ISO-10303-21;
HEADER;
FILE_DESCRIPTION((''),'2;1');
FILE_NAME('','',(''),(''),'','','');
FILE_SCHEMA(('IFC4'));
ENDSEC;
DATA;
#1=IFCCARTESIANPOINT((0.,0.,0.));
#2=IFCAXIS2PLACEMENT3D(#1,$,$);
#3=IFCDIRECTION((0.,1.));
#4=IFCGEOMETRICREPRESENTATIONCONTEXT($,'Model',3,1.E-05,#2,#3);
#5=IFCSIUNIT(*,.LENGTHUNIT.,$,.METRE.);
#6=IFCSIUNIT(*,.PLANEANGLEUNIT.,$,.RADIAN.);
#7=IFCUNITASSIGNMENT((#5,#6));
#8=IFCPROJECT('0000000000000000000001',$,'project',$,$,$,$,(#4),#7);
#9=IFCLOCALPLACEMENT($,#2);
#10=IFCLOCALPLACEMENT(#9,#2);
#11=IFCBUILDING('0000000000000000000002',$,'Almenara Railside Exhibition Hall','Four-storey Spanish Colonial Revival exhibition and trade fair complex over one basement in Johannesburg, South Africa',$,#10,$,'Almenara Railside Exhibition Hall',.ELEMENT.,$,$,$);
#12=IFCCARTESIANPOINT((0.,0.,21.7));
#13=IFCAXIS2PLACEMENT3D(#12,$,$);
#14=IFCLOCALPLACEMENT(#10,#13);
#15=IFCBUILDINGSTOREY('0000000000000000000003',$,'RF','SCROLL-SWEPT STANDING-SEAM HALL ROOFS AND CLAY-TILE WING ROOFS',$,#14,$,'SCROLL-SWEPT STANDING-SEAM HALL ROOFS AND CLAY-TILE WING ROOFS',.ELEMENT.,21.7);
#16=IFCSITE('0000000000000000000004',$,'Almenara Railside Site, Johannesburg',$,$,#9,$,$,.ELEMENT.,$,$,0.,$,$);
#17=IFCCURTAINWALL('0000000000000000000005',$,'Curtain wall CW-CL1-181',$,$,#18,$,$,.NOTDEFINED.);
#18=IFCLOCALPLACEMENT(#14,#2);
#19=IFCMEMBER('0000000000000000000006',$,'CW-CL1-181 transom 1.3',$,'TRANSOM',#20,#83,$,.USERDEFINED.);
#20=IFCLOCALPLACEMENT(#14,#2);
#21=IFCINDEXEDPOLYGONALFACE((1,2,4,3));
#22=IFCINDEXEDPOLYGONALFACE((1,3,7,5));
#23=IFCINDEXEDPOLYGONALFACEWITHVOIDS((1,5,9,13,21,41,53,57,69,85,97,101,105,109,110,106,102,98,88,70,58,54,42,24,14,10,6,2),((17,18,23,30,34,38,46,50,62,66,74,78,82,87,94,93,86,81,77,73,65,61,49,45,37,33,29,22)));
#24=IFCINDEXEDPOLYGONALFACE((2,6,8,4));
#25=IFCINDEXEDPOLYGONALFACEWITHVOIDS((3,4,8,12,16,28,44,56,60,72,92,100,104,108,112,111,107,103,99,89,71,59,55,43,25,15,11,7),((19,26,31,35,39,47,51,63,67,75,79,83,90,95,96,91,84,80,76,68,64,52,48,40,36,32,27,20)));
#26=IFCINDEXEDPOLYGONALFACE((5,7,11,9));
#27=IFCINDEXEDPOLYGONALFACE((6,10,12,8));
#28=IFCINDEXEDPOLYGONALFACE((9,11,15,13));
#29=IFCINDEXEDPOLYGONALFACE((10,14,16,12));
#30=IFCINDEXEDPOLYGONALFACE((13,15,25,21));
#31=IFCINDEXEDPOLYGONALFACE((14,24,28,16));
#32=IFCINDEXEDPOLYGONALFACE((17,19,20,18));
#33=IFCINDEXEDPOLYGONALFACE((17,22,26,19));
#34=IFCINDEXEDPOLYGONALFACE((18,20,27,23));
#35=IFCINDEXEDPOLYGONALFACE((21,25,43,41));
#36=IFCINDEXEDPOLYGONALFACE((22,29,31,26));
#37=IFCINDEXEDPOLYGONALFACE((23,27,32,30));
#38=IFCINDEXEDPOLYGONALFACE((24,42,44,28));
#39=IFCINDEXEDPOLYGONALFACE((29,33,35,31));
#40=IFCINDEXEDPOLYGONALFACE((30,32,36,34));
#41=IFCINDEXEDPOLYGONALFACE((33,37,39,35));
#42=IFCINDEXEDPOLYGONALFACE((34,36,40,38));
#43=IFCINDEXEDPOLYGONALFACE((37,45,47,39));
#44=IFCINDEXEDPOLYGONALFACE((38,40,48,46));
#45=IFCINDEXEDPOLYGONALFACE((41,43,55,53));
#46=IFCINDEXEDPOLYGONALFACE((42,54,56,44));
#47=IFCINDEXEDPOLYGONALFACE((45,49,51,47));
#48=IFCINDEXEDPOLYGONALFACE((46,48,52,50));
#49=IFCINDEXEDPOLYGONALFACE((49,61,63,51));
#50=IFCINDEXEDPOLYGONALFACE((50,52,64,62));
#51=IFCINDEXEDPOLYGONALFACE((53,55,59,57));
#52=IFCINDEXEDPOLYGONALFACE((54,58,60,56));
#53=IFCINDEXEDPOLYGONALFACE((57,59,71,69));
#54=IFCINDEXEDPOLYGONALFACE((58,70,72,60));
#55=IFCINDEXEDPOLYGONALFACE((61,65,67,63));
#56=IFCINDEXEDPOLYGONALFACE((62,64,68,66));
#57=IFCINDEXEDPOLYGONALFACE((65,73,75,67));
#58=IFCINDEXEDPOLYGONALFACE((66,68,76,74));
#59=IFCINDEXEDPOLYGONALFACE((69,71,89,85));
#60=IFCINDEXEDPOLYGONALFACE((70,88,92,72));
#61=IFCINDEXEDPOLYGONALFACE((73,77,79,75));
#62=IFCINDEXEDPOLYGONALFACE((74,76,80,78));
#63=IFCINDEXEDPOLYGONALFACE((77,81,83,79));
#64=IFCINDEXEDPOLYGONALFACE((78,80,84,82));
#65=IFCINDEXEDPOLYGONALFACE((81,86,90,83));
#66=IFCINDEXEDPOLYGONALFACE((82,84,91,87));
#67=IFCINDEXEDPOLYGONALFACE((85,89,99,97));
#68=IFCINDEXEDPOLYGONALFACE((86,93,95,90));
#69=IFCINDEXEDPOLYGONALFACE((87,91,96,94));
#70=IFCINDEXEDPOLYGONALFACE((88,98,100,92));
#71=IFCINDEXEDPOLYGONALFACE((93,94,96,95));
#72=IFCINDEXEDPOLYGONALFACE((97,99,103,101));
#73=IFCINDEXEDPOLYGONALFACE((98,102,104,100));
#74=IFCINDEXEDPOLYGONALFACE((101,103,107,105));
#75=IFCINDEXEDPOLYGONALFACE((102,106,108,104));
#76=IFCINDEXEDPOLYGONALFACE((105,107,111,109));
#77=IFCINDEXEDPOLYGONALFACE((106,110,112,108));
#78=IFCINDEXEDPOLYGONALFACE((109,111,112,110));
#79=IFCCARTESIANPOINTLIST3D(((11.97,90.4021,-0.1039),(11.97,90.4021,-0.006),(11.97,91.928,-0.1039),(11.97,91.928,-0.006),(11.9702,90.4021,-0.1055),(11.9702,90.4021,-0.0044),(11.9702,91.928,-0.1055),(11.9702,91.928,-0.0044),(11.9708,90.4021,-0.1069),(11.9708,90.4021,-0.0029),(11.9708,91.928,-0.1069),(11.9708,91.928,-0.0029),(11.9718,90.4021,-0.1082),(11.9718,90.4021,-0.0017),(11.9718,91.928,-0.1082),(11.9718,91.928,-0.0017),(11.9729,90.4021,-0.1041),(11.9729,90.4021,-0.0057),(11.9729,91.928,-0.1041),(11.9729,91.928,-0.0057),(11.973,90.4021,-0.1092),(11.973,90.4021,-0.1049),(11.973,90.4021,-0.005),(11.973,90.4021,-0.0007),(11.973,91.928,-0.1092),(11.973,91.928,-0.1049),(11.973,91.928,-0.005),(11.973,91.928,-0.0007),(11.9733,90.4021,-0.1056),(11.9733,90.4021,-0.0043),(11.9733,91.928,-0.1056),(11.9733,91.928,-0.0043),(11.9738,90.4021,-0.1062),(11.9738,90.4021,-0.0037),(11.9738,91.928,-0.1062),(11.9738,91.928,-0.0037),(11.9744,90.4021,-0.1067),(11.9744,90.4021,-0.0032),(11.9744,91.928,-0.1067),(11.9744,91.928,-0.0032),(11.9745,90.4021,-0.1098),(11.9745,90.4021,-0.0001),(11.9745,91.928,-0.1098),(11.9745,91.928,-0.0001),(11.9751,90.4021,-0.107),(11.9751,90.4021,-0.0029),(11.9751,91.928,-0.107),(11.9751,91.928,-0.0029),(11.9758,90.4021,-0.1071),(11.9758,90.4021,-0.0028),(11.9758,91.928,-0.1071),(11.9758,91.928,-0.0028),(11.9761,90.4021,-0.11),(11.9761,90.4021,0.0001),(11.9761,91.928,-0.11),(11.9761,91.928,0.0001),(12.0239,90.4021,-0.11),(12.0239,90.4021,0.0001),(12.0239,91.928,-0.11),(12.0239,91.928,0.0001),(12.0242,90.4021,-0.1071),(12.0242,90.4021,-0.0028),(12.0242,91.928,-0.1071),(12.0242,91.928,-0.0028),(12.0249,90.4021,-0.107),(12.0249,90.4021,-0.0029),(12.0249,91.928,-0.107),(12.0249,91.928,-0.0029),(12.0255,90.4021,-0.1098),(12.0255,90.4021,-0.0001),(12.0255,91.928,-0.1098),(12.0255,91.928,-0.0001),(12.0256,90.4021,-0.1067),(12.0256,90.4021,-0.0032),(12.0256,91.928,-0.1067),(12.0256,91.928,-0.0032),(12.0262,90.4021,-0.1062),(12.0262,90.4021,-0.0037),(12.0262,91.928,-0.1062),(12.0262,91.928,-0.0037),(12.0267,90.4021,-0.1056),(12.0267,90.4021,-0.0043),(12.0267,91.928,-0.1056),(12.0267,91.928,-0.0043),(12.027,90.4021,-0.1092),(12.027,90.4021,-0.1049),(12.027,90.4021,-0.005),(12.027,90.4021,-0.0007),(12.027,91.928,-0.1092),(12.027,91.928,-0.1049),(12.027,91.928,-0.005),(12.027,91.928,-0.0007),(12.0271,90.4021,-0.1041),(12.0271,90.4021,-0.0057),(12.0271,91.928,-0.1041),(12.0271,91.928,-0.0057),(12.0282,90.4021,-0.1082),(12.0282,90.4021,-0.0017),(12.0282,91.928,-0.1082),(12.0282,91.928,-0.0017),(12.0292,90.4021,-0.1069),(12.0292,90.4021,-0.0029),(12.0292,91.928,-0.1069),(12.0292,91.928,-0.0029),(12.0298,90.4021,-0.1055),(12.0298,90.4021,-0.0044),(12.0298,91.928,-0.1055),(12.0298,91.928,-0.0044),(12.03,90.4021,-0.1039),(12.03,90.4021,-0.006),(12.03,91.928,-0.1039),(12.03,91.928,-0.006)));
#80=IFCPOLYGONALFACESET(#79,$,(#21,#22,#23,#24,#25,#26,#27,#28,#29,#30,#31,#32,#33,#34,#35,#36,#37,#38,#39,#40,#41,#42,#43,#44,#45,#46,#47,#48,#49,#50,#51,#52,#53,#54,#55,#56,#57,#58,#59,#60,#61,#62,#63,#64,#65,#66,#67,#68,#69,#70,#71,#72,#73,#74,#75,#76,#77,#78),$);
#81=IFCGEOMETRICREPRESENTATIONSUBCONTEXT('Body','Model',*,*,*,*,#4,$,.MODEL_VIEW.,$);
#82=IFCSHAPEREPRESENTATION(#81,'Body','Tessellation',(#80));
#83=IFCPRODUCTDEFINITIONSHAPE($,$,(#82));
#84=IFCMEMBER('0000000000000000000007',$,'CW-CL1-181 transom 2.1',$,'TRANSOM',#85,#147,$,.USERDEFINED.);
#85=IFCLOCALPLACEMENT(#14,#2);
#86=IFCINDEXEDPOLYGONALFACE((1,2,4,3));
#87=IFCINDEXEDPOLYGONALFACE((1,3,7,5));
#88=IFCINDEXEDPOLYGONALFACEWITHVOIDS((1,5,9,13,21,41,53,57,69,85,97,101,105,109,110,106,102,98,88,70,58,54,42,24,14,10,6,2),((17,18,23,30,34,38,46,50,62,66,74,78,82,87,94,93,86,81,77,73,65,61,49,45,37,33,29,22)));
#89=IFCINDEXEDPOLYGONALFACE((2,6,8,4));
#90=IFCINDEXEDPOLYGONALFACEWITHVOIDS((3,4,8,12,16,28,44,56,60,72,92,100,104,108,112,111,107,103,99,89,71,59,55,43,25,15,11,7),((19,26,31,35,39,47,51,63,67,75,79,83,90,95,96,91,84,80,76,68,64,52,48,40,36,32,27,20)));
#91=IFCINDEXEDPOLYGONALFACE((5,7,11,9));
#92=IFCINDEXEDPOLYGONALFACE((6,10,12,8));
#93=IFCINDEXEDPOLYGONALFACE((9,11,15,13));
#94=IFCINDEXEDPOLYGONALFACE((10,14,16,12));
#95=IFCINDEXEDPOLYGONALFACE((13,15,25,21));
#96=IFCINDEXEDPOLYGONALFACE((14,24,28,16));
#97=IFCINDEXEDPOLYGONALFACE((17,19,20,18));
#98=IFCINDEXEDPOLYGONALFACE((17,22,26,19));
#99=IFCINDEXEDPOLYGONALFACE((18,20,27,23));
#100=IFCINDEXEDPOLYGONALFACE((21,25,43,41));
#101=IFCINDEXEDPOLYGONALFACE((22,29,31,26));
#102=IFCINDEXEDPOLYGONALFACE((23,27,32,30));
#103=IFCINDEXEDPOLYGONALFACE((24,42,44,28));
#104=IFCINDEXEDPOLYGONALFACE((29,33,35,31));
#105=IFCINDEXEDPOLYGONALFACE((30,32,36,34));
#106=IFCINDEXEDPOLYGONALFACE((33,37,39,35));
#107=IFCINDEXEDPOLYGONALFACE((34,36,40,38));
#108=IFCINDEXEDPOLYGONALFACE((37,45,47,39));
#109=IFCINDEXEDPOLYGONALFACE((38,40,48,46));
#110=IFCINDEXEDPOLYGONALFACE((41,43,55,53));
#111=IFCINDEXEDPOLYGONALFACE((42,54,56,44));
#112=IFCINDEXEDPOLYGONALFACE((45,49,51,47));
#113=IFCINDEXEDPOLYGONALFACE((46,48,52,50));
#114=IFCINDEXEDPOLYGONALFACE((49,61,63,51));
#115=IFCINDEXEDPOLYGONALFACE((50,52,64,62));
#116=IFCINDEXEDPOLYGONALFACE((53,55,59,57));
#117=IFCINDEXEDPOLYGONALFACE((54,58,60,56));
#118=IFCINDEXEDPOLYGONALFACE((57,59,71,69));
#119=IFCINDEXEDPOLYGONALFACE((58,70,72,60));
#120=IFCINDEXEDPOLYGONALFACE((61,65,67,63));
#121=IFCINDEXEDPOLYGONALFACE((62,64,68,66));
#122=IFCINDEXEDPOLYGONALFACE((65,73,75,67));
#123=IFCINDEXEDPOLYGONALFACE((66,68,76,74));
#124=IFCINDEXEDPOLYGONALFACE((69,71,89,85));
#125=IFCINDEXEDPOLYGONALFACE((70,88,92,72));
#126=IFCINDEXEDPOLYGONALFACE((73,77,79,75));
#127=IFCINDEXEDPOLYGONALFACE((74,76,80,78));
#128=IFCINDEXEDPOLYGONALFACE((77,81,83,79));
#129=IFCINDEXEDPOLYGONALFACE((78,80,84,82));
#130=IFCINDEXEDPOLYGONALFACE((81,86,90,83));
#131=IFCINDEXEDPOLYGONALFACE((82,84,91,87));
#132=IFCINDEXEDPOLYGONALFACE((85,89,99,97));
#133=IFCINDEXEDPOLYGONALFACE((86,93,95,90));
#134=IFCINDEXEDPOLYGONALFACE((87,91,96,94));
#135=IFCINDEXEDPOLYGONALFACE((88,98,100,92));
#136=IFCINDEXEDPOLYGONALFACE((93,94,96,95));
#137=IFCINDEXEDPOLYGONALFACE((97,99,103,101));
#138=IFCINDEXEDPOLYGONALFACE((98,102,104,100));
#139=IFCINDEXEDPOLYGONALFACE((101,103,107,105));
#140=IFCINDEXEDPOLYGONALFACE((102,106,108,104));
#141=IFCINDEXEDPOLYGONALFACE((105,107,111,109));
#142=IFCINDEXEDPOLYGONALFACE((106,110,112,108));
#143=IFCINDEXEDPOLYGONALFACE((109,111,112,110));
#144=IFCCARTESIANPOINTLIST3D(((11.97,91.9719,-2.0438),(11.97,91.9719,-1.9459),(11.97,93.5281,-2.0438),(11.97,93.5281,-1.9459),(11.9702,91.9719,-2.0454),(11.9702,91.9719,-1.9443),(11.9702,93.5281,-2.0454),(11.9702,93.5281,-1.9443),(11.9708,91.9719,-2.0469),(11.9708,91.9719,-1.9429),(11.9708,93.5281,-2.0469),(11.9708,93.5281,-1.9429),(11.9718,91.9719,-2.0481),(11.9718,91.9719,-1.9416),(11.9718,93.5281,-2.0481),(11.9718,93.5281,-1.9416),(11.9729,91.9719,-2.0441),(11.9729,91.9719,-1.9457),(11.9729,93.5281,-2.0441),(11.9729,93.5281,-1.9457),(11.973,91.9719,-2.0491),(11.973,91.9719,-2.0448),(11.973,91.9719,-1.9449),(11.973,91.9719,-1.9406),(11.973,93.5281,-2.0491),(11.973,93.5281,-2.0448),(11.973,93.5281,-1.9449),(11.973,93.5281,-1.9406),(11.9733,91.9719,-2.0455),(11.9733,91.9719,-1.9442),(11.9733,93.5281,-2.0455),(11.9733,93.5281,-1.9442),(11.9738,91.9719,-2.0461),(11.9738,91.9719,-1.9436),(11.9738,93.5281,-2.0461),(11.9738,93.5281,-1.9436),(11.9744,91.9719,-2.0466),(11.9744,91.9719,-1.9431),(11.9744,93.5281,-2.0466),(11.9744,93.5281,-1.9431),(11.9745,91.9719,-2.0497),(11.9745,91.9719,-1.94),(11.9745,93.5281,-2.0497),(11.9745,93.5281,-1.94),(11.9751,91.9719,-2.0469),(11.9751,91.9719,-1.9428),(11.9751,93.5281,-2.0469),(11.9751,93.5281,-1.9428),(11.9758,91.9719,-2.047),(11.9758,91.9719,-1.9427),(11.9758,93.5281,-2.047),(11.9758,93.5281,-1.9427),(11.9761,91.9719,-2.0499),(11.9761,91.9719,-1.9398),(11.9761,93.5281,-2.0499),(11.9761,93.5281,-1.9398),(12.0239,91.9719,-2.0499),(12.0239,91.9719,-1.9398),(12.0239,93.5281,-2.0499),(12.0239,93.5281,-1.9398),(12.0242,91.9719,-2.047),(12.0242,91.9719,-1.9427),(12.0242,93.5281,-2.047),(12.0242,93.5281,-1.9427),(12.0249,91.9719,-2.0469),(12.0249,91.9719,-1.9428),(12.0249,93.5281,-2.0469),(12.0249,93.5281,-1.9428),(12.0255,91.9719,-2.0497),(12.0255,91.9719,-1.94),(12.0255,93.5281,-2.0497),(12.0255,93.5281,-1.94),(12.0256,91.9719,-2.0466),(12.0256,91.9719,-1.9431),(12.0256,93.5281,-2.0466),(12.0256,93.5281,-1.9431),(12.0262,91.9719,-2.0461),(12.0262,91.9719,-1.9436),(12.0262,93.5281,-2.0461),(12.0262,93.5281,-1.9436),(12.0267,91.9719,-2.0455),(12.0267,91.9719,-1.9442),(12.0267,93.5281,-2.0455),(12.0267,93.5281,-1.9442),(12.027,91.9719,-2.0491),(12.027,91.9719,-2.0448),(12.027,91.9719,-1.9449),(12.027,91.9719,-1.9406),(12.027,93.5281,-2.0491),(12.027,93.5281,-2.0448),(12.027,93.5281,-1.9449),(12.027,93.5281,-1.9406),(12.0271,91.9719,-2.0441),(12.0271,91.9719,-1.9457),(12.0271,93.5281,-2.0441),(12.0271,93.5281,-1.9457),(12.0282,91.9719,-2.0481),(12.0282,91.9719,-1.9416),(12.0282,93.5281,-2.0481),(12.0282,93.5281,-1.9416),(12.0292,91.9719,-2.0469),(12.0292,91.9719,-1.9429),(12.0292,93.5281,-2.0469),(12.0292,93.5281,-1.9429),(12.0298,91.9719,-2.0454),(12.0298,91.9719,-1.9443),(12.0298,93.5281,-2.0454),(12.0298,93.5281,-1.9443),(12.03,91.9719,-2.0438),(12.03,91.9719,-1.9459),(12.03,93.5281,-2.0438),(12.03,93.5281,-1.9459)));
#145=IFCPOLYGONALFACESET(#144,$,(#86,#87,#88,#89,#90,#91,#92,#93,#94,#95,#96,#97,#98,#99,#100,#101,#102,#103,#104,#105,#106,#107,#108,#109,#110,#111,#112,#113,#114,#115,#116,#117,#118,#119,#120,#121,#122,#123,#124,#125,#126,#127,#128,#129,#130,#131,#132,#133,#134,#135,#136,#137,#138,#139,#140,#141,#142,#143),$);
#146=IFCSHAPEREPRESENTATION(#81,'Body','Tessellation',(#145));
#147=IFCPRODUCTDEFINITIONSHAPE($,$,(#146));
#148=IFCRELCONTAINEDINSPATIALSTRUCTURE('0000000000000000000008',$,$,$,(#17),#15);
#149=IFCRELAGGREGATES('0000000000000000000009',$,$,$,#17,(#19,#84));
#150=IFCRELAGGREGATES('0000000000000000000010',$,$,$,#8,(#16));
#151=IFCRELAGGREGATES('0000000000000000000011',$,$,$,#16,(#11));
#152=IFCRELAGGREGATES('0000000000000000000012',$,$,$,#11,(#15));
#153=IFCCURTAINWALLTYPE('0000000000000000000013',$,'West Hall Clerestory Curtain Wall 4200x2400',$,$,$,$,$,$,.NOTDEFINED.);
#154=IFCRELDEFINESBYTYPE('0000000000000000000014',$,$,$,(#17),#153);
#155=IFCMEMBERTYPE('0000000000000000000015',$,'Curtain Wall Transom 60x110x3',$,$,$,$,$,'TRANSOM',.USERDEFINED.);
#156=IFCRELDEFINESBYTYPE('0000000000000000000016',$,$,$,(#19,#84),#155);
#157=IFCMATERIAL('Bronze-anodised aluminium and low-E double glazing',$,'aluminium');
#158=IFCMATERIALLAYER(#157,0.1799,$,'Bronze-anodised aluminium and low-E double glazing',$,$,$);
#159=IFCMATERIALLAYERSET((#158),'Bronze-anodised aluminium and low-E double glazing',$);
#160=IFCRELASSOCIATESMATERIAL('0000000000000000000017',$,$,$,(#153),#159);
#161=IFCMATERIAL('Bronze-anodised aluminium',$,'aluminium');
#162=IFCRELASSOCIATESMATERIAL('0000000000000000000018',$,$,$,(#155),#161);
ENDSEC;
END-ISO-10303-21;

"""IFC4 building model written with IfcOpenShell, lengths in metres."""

from ifc_helpers import new_model, si_unit, direction, frame, origin, origin_2d, place, context, subcontext, project, spatial, hollow_rectangle, extrude, material, layer, layer_set, material_profile, profile_set, type_object, element, aggregate, save


model = new_model("IFC4")

# Units and contexts
model_context = context("Model", 3, precision=1e-05, world=origin(), true_north=direction((0.0, 1.0)))
body_context = subcontext(model_context, "Body", "Model", "MODEL_VIEW")
ifc_project = project(units=[si_unit("LENGTHUNIT", "METRE"), si_unit("PLANEANGLEUNIT", "RADIAN")], contexts=[model_context])

# Site, building, storey
site_placement = place(None, origin())
site = spatial("IfcSite", under=ifc_project, at=site_placement, Name="Almenara Railside Site, Johannesburg", CompositionType="ELEMENT", RefElevation=0.0)
building_placement = place(site_placement, origin())
building = spatial("IfcBuilding", under=site, at=building_placement, Name="Almenara Railside Exhibition Hall", Description="Four-storey Spanish Colonial Revival exhibition and trade fair complex over one basement in Johannesburg, South Africa", LongName="Almenara Railside Exhibition Hall", CompositionType="ELEMENT")
storey_placement = place(building_placement, frame((0.0, 0.0, 21.7)))
storey = spatial("IfcBuildingStorey", under=building, at=storey_placement, Name="RF", Description="SCROLL-SWEPT STANDING-SEAM HALL ROOFS AND CLAY-TILE WING ROOFS", LongName="SCROLL-SWEPT STANDING-SEAM HALL ROOFS AND CLAY-TILE WING ROOFS", CompositionType="ELEMENT", Elevation=21.7)

# Curtain wall
ifc_material_1 = material(Name="Bronze-anodised aluminium and low-E double glazing", Category="aluminium")
ifc_layer_1 = layer(ifc_material_1, 0.1799, Name="Bronze-anodised aluminium and low-E double glazing")
ifc_layer_set_1 = layer_set([ifc_layer_1], Name="Bronze-anodised aluminium and low-E double glazing")
curtain_wall_type = type_object("IfcCurtainWallType", Name="West Hall Clerestory Curtain Wall 4200x2400", PredefinedType="NOTDEFINED", material=ifc_layer_set_1)
curtain_wall_1_placement = place(storey_placement, origin())
curtain_wall_1 = element("IfcCurtainWall", 1, at=curtain_wall_1_placement, inside=storey, type_object=curtain_wall_type, Name="Curtain wall CW-CL1-181", PredefinedType="NOTDEFINED")
ifc_material_2 = material(Name="Bronze-anodised aluminium", Category="aluminium")

# Members
ifc_material_profile_1 = material_profile(ifc_material_2, hollow_rectangle(XDim=0.0601, YDim=0.1101, WallThickness=0.0029, InnerFilletRadius=0.0029, OuterFilletRadius=0.0061, at=origin_2d()), Name="ALU-TRN 60x110x3")
ifc_profile_set_1 = profile_set([ifc_material_profile_1], Name="Bronze-anodised aluminium")
member_type_1 = type_object("IfcMemberType", Name="Curtain Wall Transom 60x110x3", ElementType="TRANSOM", PredefinedType="USERDEFINED", material=ifc_profile_set_1)
member_1_placement = place(storey_placement, frame((12.0, 90.4021, -0.0549), z_axis=(0.0, 1.0, 0.0), x_axis=(-1.0, 0.0, 0.0)))
member_1 = element("IfcMember", 2, at=member_1_placement, type_object=member_type_1, Name="CW-CL1-181 transom 1.3", ObjectType="TRANSOM", PredefinedType="USERDEFINED", context=body_context, shape_type="SweptSolid", body=[
    extrude(hollow_rectangle(XDim=0.0601, YDim=0.1101, WallThickness=0.0029, InnerFilletRadius=0.0029, OuterFilletRadius=0.0061, at=origin_2d()), origin(), (0.0, 0.0, 1.0), 1.5259),
])
member_2_placement = place(storey_placement, frame((12.0, 91.9719, -1.9949), z_axis=(0.0, 1.0, 0.0), x_axis=(-1.0, 0.0, 0.0)))
member_2 = element("IfcMember", 3, at=member_2_placement, type_object=member_type_1, Name="CW-CL1-181 transom 2.1", ObjectType="TRANSOM", PredefinedType="USERDEFINED", context=body_context, shape_type="SweptSolid", body=[
    extrude(hollow_rectangle(XDim=0.0601, YDim=0.1101, WallThickness=0.0029, InnerFilletRadius=0.0029, OuterFilletRadius=0.0061, at=origin_2d()), origin(), (0.0, 0.0, 1.0), 1.5562),
])

aggregate(curtain_wall_1, [member_1, member_2])

save(model, "model.ifc")
